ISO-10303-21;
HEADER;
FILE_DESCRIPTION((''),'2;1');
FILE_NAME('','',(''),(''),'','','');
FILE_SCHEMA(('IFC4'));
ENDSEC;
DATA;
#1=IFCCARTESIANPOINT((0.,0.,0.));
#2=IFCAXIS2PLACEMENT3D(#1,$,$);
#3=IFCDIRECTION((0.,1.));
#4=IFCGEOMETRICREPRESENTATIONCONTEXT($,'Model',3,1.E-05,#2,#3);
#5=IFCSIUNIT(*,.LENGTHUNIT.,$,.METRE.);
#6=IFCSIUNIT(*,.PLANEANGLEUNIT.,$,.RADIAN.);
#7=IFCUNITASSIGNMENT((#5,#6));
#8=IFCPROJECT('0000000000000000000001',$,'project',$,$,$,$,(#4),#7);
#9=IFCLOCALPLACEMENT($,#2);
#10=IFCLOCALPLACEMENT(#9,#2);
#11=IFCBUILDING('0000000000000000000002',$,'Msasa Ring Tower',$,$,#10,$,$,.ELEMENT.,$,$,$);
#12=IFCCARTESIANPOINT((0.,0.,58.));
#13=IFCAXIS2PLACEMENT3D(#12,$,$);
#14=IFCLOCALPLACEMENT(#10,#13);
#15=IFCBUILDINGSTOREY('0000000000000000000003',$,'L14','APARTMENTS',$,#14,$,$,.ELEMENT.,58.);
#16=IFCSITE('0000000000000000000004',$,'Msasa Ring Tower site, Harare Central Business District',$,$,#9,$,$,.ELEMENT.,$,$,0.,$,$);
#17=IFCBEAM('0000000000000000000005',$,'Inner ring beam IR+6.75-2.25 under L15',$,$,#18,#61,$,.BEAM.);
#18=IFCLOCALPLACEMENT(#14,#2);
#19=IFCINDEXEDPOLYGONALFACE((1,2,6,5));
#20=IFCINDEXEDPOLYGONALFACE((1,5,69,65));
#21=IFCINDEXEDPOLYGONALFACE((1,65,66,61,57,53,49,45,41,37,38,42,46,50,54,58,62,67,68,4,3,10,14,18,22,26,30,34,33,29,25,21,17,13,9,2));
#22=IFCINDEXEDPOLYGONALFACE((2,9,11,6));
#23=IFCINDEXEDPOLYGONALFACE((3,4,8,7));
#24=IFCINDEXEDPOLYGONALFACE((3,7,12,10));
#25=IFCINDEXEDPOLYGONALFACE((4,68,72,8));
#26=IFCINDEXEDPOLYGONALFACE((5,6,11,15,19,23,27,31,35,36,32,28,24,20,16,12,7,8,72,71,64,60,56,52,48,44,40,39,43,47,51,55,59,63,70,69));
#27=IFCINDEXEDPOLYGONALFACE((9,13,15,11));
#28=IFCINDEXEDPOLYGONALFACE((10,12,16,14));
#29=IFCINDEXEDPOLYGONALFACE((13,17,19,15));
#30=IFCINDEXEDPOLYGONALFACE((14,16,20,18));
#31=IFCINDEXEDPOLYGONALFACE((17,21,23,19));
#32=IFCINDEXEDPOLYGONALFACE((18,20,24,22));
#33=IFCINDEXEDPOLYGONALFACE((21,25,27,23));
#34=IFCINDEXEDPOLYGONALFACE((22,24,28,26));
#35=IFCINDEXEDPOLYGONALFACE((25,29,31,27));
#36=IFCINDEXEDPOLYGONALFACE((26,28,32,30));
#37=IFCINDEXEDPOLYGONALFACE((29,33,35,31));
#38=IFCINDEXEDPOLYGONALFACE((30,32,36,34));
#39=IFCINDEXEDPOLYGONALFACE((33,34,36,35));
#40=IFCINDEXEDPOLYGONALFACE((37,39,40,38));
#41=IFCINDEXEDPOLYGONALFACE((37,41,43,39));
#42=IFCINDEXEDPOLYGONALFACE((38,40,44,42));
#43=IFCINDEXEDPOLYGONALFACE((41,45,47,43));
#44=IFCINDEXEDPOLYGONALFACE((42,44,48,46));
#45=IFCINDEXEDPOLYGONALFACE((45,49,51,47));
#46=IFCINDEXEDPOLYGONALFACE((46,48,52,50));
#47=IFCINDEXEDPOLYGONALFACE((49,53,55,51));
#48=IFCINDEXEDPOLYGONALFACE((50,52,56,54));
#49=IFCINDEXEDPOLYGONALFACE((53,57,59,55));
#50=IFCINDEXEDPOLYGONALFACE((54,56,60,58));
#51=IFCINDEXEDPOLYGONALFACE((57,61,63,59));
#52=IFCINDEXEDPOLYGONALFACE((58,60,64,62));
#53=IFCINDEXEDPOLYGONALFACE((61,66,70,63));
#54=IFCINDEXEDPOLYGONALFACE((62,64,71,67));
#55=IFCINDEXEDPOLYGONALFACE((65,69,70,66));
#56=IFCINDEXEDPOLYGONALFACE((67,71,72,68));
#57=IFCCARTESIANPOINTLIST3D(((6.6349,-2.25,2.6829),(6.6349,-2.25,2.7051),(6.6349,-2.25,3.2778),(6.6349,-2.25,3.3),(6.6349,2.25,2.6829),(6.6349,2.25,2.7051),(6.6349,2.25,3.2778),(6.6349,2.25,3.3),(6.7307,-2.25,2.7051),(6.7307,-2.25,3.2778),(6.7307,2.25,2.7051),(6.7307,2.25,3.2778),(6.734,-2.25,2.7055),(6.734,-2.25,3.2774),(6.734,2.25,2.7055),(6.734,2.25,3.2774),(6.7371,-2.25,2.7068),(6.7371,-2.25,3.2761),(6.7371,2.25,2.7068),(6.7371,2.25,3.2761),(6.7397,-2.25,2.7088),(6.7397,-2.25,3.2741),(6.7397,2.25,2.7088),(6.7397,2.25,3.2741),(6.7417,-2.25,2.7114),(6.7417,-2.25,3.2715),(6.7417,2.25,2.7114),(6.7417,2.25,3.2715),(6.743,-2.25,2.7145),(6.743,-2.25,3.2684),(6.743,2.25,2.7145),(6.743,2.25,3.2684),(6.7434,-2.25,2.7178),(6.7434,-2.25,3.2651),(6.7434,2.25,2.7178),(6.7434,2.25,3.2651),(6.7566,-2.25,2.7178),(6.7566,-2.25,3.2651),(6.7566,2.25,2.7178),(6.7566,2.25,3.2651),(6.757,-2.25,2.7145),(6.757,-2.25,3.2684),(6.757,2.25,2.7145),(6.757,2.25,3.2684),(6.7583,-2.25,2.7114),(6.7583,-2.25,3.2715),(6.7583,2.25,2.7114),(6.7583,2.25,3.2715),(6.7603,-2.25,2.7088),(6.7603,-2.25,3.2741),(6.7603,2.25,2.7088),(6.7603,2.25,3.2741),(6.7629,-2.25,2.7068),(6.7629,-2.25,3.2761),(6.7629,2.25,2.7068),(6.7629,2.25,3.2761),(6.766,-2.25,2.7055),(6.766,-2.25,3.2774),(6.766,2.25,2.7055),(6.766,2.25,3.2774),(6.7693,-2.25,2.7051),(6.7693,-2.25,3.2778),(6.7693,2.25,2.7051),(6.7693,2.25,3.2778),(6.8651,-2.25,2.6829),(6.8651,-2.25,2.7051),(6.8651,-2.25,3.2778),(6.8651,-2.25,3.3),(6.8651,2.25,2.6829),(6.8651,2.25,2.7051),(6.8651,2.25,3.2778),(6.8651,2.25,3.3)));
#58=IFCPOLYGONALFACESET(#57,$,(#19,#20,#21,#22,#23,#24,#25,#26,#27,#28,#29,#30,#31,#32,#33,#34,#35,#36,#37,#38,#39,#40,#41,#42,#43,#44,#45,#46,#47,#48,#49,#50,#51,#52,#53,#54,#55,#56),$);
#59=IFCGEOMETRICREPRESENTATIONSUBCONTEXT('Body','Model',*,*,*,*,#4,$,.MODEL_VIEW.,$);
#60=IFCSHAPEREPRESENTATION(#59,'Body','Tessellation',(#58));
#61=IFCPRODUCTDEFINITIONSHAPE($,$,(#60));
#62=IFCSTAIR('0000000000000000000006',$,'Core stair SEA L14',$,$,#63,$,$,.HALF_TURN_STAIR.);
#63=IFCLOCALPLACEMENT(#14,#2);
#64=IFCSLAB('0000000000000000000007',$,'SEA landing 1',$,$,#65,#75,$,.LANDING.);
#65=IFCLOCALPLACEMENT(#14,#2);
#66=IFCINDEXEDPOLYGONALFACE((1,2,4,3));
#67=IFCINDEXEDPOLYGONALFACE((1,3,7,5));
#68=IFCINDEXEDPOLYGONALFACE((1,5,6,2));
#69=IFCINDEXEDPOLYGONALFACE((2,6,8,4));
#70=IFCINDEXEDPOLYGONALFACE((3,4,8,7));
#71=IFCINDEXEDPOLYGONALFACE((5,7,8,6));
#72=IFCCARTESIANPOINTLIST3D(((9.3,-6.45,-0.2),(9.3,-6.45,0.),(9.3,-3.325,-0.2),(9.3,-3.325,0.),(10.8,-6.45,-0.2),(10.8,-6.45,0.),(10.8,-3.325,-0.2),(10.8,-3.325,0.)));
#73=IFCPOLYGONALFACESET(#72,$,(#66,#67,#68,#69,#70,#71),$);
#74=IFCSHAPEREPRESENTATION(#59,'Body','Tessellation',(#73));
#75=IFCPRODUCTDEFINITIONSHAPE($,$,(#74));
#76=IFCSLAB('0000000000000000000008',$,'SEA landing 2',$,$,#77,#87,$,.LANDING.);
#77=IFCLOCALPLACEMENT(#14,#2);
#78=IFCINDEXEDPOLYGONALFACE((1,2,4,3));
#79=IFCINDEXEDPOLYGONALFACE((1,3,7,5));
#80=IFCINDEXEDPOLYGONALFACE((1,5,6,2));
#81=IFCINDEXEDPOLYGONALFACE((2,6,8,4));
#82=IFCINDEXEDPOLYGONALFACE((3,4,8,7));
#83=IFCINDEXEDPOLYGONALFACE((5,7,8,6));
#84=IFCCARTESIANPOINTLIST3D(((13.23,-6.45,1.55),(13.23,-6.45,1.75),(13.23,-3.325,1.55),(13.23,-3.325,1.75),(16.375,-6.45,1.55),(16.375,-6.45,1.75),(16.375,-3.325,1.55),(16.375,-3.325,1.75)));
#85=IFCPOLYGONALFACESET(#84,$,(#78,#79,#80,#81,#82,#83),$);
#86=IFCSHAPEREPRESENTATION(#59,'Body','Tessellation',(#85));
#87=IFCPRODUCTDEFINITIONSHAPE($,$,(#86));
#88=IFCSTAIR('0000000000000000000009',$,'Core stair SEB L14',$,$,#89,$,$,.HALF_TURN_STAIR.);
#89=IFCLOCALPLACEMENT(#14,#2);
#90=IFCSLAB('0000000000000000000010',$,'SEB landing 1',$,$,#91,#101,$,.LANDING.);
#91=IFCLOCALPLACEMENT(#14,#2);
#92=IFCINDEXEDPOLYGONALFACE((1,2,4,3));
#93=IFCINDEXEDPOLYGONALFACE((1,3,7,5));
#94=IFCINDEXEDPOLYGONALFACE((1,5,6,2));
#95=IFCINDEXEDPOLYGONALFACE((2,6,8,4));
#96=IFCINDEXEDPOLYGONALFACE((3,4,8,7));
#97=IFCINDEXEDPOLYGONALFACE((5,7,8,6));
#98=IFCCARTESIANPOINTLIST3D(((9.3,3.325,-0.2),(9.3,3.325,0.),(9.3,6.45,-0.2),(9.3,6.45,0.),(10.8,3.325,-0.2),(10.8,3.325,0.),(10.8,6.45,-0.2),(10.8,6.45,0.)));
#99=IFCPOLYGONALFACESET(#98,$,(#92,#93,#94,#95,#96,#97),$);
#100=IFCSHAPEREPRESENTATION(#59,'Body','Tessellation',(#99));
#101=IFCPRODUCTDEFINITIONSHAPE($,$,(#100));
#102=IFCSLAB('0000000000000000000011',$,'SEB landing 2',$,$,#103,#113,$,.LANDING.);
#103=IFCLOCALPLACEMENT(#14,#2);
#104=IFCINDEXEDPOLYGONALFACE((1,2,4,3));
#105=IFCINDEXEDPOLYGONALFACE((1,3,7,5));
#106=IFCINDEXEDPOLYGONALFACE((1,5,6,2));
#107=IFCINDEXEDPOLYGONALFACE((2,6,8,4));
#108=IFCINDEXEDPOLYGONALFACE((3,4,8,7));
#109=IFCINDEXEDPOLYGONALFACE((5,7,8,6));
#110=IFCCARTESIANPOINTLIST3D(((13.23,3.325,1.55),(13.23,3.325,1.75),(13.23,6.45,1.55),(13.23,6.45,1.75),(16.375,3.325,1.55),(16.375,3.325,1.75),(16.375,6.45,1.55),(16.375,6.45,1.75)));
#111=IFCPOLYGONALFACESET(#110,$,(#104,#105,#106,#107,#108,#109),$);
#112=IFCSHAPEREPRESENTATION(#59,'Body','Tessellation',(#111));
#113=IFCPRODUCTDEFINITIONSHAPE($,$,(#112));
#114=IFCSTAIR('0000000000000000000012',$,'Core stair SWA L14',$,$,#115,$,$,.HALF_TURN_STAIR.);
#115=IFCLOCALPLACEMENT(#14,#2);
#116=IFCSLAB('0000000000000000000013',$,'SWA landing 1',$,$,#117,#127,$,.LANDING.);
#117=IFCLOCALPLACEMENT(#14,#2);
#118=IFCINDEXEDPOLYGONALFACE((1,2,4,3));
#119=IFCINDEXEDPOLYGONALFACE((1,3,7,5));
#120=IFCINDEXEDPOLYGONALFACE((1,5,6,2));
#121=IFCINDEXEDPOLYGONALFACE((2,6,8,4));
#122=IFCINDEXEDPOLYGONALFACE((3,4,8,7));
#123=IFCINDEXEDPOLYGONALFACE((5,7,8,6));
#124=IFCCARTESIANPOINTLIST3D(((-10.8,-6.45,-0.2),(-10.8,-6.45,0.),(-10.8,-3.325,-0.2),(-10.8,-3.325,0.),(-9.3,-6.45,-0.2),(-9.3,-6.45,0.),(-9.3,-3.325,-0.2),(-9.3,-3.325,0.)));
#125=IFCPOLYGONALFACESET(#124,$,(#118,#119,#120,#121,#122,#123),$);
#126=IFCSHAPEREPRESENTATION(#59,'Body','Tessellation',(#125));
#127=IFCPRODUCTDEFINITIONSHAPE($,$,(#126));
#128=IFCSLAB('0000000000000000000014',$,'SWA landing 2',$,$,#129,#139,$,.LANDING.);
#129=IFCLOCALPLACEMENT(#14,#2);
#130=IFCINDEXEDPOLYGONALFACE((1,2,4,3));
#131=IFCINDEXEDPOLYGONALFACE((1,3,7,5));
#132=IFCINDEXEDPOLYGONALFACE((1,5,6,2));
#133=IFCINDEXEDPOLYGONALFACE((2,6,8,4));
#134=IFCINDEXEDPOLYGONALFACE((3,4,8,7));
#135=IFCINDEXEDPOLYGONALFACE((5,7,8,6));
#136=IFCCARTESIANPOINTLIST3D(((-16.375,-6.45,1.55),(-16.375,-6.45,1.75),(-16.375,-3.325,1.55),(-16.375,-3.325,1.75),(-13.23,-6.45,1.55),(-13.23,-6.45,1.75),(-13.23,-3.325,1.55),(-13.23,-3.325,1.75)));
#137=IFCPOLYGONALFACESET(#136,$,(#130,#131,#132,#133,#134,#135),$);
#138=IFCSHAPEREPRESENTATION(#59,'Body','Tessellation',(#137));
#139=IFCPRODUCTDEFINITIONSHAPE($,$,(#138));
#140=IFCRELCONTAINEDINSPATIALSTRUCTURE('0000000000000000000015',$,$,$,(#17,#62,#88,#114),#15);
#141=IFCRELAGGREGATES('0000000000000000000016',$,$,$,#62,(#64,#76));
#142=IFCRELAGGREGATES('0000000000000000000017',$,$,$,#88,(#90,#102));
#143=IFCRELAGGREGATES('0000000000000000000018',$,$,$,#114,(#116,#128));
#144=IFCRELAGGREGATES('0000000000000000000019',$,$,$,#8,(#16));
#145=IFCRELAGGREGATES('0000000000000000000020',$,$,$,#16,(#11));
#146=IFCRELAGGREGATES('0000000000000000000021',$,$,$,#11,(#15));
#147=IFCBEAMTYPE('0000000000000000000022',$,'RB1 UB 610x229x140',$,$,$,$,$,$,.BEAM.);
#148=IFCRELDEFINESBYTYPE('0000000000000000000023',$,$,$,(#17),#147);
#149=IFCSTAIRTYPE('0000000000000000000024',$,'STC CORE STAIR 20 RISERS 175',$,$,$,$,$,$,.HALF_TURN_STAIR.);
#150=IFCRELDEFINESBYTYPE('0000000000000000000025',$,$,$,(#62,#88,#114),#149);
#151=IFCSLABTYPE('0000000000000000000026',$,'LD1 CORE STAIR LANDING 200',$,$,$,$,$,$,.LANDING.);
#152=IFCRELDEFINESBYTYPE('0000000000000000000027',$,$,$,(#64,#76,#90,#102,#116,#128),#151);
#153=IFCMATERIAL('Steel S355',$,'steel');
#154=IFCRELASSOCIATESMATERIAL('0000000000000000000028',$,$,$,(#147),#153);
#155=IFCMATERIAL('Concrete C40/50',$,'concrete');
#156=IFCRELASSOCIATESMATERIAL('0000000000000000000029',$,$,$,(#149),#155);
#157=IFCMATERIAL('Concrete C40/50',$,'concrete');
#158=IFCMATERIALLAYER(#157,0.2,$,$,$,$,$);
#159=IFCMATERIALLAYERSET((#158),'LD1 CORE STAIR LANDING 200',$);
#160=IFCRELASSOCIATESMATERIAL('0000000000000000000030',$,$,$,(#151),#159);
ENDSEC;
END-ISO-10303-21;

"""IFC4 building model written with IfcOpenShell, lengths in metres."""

from ifc_helpers import new_model, si_unit, direction, frame, origin, origin_2d, place, context, subcontext, project, spatial, polyline, i_section, outline, extrude, material, layer, layer_set, material_profile, profile_set, type_object, element, aggregate, save


model = new_model("IFC4")

# Units and contexts
model_context = context("Model", 3, precision=1e-05, world=origin(), true_north=direction((0.0, 1.0)))
body_context = subcontext(model_context, "Body", "Model", "MODEL_VIEW")
ifc_project = project(units=[si_unit("LENGTHUNIT", "METRE"), si_unit("PLANEANGLEUNIT", "RADIAN")], contexts=[model_context])

# Site, building, storey
site_placement = place(None, origin())
site = spatial("IfcSite", under=ifc_project, at=site_placement, Name="Msasa Ring Tower site, Harare Central Business District", CompositionType="ELEMENT", RefElevation=0.0)
building_placement = place(site_placement, origin())
building = spatial("IfcBuilding", under=site, at=building_placement, Name="Msasa Ring Tower", CompositionType="ELEMENT")
storey_placement = place(building_placement, frame((0.0, 0.0, 58.0)))
storey = spatial("IfcBuildingStorey", under=building, at=storey_placement, Name="L14", Description="APARTMENTS", CompositionType="ELEMENT", Elevation=58.0)

# Beam
ifc_material_1 = material(Name="Steel S355", Category="steel")
ifc_material_profile_1 = material_profile(ifc_material_1, i_section(OverallWidth=0.2302, OverallDepth=0.6172, WebThickness=0.0132, FlangeThickness=0.0222, FilletRadius=0.0127, at=origin_2d()), Name="UB 610x229x140")
ifc_profile_set_1 = profile_set([ifc_material_profile_1], Name="Steel S355")
beam_type = type_object("IfcBeamType", Name="RB1 UB 610x229x140", PredefinedType="BEAM", material=ifc_profile_set_1)
for number, where, z_axis, x_axis, name in (
    (1, (6.75, -2.25, 2.9915), (0.0, 1.0, 0.0), (-1.0, 0.0, 0.0), "Inner ring beam IR+6.75-2.25 under L15"),
):
    element("IfcBeam", number, at=place(storey_placement, frame(where, z_axis=z_axis, x_axis=x_axis)), inside=storey, type_object=beam_type, Name=name, PredefinedType="BEAM", context=body_context, shape_type="SweptSolid", body=[
        extrude(i_section(OverallWidth=0.2302, OverallDepth=0.6172, WebThickness=0.0132, FlangeThickness=0.0222, FilletRadius=0.0127, at=origin_2d()), origin(), (0.0, 0.0, 1.0), 4.5),
    ])

# Stairs, slabs
ifc_material_2 = material(Name="Concrete C40/50", Category="concrete")
stair_type = type_object("IfcStairType", Name="STC CORE STAIR 20 RISERS 175", PredefinedType="HALF_TURN_STAIR", material=ifc_material_2)
stair_1_placement = place(storey_placement, origin())
stair_1 = element("IfcStair", 2, at=stair_1_placement, inside=storey, type_object=stair_type, Name="Core stair SEA L14", PredefinedType="HALF_TURN_STAIR")
ifc_material_3 = material(Name="Concrete C40/50", Category="concrete")
ifc_layer = layer(ifc_material_3, 0.2)
ifc_layer_set = layer_set([ifc_layer], Name="LD1 CORE STAIR LANDING 200")
slab_type = type_object("IfcSlabType", Name="LD1 CORE STAIR LANDING 200", PredefinedType="LANDING", material=ifc_layer_set)
slab_1_placement = place(storey_placement, frame((0.0, 0.0, -0.2)))
slab_1 = element("IfcSlab", 3, at=slab_1_placement, type_object=slab_type, Name="SEA landing 1", PredefinedType="LANDING", context=body_context, shape_type="SweptSolid", body=[
    extrude(outline(polyline([(9.3, -6.45), (10.8, -6.45), (10.8, -3.325), (9.3, -3.325), (9.3, -6.45)])), origin(), (0.0, 0.0, 1.0), 0.2),
])
slab_2_placement = place(storey_placement, frame((0.0, 0.0, 1.55)))
slab_2 = element("IfcSlab", 4, at=slab_2_placement, type_object=slab_type, Name="SEA landing 2", PredefinedType="LANDING", context=body_context, shape_type="SweptSolid", body=[
    extrude(outline(polyline([(13.23, -6.45), (16.375, -6.45), (16.375, -3.325), (13.23, -3.325), (13.23, -6.45)])), origin(), (0.0, 0.0, 1.0), 0.2),
])
aggregate(stair_1, [slab_1, slab_2])
stair_2_placement = place(storey_placement, origin())
stair_2 = element("IfcStair", 5, at=stair_2_placement, inside=storey, type_object=stair_type, Name="Core stair SEB L14", PredefinedType="HALF_TURN_STAIR")
slab_3_placement = place(storey_placement, frame((0.0, 0.0, -0.2)))
slab_3 = element("IfcSlab", 6, at=slab_3_placement, type_object=slab_type, Name="SEB landing 1", PredefinedType="LANDING", context=body_context, shape_type="SweptSolid", body=[
    extrude(outline(polyline([(9.3, 3.325), (10.8, 3.325), (10.8, 6.45), (9.3, 6.45), (9.3, 3.325)])), origin(), (0.0, 0.0, 1.0), 0.2),
])
slab_4_placement = place(storey_placement, frame((0.0, 0.0, 1.55)))
slab_4 = element("IfcSlab", 7, at=slab_4_placement, type_object=slab_type, Name="SEB landing 2", PredefinedType="LANDING", context=body_context, shape_type="SweptSolid", body=[
    extrude(outline(polyline([(13.23, 3.325), (16.375, 3.325), (16.375, 6.45), (13.23, 6.45), (13.23, 3.325)])), origin(), (0.0, 0.0, 1.0), 0.2),
])
aggregate(stair_2, [slab_3, slab_4])
stair_3_placement = place(storey_placement, origin())
stair_3 = element("IfcStair", 8, at=stair_3_placement, inside=storey, type_object=stair_type, Name="Core stair SWA L14", PredefinedType="HALF_TURN_STAIR")
slab_5_placement = place(storey_placement, frame((0.0, 0.0, -0.2)))
slab_5 = element("IfcSlab", 9, at=slab_5_placement, type_object=slab_type, Name="SWA landing 1", PredefinedType="LANDING", context=body_context, shape_type="SweptSolid", body=[
    extrude(outline(polyline([(-10.8, -6.45), (-9.3, -6.45), (-9.3, -3.325), (-10.8, -3.325), (-10.8, -6.45)])), origin(), (0.0, 0.0, 1.0), 0.2),
])
slab_6_placement = place(storey_placement, frame((0.0, 0.0, 1.55)))
slab_6 = element("IfcSlab", 10, at=slab_6_placement, type_object=slab_type, Name="SWA landing 2", PredefinedType="LANDING", context=body_context, shape_type="SweptSolid", body=[
    extrude(outline(polyline([(-16.375, -6.45), (-13.23, -6.45), (-13.23, -3.325), (-16.375, -3.325), (-16.375, -6.45)])), origin(), (0.0, 0.0, 1.0), 0.2),
])
aggregate(stair_3, [slab_5, slab_6])

save(model, "model.ifc")
